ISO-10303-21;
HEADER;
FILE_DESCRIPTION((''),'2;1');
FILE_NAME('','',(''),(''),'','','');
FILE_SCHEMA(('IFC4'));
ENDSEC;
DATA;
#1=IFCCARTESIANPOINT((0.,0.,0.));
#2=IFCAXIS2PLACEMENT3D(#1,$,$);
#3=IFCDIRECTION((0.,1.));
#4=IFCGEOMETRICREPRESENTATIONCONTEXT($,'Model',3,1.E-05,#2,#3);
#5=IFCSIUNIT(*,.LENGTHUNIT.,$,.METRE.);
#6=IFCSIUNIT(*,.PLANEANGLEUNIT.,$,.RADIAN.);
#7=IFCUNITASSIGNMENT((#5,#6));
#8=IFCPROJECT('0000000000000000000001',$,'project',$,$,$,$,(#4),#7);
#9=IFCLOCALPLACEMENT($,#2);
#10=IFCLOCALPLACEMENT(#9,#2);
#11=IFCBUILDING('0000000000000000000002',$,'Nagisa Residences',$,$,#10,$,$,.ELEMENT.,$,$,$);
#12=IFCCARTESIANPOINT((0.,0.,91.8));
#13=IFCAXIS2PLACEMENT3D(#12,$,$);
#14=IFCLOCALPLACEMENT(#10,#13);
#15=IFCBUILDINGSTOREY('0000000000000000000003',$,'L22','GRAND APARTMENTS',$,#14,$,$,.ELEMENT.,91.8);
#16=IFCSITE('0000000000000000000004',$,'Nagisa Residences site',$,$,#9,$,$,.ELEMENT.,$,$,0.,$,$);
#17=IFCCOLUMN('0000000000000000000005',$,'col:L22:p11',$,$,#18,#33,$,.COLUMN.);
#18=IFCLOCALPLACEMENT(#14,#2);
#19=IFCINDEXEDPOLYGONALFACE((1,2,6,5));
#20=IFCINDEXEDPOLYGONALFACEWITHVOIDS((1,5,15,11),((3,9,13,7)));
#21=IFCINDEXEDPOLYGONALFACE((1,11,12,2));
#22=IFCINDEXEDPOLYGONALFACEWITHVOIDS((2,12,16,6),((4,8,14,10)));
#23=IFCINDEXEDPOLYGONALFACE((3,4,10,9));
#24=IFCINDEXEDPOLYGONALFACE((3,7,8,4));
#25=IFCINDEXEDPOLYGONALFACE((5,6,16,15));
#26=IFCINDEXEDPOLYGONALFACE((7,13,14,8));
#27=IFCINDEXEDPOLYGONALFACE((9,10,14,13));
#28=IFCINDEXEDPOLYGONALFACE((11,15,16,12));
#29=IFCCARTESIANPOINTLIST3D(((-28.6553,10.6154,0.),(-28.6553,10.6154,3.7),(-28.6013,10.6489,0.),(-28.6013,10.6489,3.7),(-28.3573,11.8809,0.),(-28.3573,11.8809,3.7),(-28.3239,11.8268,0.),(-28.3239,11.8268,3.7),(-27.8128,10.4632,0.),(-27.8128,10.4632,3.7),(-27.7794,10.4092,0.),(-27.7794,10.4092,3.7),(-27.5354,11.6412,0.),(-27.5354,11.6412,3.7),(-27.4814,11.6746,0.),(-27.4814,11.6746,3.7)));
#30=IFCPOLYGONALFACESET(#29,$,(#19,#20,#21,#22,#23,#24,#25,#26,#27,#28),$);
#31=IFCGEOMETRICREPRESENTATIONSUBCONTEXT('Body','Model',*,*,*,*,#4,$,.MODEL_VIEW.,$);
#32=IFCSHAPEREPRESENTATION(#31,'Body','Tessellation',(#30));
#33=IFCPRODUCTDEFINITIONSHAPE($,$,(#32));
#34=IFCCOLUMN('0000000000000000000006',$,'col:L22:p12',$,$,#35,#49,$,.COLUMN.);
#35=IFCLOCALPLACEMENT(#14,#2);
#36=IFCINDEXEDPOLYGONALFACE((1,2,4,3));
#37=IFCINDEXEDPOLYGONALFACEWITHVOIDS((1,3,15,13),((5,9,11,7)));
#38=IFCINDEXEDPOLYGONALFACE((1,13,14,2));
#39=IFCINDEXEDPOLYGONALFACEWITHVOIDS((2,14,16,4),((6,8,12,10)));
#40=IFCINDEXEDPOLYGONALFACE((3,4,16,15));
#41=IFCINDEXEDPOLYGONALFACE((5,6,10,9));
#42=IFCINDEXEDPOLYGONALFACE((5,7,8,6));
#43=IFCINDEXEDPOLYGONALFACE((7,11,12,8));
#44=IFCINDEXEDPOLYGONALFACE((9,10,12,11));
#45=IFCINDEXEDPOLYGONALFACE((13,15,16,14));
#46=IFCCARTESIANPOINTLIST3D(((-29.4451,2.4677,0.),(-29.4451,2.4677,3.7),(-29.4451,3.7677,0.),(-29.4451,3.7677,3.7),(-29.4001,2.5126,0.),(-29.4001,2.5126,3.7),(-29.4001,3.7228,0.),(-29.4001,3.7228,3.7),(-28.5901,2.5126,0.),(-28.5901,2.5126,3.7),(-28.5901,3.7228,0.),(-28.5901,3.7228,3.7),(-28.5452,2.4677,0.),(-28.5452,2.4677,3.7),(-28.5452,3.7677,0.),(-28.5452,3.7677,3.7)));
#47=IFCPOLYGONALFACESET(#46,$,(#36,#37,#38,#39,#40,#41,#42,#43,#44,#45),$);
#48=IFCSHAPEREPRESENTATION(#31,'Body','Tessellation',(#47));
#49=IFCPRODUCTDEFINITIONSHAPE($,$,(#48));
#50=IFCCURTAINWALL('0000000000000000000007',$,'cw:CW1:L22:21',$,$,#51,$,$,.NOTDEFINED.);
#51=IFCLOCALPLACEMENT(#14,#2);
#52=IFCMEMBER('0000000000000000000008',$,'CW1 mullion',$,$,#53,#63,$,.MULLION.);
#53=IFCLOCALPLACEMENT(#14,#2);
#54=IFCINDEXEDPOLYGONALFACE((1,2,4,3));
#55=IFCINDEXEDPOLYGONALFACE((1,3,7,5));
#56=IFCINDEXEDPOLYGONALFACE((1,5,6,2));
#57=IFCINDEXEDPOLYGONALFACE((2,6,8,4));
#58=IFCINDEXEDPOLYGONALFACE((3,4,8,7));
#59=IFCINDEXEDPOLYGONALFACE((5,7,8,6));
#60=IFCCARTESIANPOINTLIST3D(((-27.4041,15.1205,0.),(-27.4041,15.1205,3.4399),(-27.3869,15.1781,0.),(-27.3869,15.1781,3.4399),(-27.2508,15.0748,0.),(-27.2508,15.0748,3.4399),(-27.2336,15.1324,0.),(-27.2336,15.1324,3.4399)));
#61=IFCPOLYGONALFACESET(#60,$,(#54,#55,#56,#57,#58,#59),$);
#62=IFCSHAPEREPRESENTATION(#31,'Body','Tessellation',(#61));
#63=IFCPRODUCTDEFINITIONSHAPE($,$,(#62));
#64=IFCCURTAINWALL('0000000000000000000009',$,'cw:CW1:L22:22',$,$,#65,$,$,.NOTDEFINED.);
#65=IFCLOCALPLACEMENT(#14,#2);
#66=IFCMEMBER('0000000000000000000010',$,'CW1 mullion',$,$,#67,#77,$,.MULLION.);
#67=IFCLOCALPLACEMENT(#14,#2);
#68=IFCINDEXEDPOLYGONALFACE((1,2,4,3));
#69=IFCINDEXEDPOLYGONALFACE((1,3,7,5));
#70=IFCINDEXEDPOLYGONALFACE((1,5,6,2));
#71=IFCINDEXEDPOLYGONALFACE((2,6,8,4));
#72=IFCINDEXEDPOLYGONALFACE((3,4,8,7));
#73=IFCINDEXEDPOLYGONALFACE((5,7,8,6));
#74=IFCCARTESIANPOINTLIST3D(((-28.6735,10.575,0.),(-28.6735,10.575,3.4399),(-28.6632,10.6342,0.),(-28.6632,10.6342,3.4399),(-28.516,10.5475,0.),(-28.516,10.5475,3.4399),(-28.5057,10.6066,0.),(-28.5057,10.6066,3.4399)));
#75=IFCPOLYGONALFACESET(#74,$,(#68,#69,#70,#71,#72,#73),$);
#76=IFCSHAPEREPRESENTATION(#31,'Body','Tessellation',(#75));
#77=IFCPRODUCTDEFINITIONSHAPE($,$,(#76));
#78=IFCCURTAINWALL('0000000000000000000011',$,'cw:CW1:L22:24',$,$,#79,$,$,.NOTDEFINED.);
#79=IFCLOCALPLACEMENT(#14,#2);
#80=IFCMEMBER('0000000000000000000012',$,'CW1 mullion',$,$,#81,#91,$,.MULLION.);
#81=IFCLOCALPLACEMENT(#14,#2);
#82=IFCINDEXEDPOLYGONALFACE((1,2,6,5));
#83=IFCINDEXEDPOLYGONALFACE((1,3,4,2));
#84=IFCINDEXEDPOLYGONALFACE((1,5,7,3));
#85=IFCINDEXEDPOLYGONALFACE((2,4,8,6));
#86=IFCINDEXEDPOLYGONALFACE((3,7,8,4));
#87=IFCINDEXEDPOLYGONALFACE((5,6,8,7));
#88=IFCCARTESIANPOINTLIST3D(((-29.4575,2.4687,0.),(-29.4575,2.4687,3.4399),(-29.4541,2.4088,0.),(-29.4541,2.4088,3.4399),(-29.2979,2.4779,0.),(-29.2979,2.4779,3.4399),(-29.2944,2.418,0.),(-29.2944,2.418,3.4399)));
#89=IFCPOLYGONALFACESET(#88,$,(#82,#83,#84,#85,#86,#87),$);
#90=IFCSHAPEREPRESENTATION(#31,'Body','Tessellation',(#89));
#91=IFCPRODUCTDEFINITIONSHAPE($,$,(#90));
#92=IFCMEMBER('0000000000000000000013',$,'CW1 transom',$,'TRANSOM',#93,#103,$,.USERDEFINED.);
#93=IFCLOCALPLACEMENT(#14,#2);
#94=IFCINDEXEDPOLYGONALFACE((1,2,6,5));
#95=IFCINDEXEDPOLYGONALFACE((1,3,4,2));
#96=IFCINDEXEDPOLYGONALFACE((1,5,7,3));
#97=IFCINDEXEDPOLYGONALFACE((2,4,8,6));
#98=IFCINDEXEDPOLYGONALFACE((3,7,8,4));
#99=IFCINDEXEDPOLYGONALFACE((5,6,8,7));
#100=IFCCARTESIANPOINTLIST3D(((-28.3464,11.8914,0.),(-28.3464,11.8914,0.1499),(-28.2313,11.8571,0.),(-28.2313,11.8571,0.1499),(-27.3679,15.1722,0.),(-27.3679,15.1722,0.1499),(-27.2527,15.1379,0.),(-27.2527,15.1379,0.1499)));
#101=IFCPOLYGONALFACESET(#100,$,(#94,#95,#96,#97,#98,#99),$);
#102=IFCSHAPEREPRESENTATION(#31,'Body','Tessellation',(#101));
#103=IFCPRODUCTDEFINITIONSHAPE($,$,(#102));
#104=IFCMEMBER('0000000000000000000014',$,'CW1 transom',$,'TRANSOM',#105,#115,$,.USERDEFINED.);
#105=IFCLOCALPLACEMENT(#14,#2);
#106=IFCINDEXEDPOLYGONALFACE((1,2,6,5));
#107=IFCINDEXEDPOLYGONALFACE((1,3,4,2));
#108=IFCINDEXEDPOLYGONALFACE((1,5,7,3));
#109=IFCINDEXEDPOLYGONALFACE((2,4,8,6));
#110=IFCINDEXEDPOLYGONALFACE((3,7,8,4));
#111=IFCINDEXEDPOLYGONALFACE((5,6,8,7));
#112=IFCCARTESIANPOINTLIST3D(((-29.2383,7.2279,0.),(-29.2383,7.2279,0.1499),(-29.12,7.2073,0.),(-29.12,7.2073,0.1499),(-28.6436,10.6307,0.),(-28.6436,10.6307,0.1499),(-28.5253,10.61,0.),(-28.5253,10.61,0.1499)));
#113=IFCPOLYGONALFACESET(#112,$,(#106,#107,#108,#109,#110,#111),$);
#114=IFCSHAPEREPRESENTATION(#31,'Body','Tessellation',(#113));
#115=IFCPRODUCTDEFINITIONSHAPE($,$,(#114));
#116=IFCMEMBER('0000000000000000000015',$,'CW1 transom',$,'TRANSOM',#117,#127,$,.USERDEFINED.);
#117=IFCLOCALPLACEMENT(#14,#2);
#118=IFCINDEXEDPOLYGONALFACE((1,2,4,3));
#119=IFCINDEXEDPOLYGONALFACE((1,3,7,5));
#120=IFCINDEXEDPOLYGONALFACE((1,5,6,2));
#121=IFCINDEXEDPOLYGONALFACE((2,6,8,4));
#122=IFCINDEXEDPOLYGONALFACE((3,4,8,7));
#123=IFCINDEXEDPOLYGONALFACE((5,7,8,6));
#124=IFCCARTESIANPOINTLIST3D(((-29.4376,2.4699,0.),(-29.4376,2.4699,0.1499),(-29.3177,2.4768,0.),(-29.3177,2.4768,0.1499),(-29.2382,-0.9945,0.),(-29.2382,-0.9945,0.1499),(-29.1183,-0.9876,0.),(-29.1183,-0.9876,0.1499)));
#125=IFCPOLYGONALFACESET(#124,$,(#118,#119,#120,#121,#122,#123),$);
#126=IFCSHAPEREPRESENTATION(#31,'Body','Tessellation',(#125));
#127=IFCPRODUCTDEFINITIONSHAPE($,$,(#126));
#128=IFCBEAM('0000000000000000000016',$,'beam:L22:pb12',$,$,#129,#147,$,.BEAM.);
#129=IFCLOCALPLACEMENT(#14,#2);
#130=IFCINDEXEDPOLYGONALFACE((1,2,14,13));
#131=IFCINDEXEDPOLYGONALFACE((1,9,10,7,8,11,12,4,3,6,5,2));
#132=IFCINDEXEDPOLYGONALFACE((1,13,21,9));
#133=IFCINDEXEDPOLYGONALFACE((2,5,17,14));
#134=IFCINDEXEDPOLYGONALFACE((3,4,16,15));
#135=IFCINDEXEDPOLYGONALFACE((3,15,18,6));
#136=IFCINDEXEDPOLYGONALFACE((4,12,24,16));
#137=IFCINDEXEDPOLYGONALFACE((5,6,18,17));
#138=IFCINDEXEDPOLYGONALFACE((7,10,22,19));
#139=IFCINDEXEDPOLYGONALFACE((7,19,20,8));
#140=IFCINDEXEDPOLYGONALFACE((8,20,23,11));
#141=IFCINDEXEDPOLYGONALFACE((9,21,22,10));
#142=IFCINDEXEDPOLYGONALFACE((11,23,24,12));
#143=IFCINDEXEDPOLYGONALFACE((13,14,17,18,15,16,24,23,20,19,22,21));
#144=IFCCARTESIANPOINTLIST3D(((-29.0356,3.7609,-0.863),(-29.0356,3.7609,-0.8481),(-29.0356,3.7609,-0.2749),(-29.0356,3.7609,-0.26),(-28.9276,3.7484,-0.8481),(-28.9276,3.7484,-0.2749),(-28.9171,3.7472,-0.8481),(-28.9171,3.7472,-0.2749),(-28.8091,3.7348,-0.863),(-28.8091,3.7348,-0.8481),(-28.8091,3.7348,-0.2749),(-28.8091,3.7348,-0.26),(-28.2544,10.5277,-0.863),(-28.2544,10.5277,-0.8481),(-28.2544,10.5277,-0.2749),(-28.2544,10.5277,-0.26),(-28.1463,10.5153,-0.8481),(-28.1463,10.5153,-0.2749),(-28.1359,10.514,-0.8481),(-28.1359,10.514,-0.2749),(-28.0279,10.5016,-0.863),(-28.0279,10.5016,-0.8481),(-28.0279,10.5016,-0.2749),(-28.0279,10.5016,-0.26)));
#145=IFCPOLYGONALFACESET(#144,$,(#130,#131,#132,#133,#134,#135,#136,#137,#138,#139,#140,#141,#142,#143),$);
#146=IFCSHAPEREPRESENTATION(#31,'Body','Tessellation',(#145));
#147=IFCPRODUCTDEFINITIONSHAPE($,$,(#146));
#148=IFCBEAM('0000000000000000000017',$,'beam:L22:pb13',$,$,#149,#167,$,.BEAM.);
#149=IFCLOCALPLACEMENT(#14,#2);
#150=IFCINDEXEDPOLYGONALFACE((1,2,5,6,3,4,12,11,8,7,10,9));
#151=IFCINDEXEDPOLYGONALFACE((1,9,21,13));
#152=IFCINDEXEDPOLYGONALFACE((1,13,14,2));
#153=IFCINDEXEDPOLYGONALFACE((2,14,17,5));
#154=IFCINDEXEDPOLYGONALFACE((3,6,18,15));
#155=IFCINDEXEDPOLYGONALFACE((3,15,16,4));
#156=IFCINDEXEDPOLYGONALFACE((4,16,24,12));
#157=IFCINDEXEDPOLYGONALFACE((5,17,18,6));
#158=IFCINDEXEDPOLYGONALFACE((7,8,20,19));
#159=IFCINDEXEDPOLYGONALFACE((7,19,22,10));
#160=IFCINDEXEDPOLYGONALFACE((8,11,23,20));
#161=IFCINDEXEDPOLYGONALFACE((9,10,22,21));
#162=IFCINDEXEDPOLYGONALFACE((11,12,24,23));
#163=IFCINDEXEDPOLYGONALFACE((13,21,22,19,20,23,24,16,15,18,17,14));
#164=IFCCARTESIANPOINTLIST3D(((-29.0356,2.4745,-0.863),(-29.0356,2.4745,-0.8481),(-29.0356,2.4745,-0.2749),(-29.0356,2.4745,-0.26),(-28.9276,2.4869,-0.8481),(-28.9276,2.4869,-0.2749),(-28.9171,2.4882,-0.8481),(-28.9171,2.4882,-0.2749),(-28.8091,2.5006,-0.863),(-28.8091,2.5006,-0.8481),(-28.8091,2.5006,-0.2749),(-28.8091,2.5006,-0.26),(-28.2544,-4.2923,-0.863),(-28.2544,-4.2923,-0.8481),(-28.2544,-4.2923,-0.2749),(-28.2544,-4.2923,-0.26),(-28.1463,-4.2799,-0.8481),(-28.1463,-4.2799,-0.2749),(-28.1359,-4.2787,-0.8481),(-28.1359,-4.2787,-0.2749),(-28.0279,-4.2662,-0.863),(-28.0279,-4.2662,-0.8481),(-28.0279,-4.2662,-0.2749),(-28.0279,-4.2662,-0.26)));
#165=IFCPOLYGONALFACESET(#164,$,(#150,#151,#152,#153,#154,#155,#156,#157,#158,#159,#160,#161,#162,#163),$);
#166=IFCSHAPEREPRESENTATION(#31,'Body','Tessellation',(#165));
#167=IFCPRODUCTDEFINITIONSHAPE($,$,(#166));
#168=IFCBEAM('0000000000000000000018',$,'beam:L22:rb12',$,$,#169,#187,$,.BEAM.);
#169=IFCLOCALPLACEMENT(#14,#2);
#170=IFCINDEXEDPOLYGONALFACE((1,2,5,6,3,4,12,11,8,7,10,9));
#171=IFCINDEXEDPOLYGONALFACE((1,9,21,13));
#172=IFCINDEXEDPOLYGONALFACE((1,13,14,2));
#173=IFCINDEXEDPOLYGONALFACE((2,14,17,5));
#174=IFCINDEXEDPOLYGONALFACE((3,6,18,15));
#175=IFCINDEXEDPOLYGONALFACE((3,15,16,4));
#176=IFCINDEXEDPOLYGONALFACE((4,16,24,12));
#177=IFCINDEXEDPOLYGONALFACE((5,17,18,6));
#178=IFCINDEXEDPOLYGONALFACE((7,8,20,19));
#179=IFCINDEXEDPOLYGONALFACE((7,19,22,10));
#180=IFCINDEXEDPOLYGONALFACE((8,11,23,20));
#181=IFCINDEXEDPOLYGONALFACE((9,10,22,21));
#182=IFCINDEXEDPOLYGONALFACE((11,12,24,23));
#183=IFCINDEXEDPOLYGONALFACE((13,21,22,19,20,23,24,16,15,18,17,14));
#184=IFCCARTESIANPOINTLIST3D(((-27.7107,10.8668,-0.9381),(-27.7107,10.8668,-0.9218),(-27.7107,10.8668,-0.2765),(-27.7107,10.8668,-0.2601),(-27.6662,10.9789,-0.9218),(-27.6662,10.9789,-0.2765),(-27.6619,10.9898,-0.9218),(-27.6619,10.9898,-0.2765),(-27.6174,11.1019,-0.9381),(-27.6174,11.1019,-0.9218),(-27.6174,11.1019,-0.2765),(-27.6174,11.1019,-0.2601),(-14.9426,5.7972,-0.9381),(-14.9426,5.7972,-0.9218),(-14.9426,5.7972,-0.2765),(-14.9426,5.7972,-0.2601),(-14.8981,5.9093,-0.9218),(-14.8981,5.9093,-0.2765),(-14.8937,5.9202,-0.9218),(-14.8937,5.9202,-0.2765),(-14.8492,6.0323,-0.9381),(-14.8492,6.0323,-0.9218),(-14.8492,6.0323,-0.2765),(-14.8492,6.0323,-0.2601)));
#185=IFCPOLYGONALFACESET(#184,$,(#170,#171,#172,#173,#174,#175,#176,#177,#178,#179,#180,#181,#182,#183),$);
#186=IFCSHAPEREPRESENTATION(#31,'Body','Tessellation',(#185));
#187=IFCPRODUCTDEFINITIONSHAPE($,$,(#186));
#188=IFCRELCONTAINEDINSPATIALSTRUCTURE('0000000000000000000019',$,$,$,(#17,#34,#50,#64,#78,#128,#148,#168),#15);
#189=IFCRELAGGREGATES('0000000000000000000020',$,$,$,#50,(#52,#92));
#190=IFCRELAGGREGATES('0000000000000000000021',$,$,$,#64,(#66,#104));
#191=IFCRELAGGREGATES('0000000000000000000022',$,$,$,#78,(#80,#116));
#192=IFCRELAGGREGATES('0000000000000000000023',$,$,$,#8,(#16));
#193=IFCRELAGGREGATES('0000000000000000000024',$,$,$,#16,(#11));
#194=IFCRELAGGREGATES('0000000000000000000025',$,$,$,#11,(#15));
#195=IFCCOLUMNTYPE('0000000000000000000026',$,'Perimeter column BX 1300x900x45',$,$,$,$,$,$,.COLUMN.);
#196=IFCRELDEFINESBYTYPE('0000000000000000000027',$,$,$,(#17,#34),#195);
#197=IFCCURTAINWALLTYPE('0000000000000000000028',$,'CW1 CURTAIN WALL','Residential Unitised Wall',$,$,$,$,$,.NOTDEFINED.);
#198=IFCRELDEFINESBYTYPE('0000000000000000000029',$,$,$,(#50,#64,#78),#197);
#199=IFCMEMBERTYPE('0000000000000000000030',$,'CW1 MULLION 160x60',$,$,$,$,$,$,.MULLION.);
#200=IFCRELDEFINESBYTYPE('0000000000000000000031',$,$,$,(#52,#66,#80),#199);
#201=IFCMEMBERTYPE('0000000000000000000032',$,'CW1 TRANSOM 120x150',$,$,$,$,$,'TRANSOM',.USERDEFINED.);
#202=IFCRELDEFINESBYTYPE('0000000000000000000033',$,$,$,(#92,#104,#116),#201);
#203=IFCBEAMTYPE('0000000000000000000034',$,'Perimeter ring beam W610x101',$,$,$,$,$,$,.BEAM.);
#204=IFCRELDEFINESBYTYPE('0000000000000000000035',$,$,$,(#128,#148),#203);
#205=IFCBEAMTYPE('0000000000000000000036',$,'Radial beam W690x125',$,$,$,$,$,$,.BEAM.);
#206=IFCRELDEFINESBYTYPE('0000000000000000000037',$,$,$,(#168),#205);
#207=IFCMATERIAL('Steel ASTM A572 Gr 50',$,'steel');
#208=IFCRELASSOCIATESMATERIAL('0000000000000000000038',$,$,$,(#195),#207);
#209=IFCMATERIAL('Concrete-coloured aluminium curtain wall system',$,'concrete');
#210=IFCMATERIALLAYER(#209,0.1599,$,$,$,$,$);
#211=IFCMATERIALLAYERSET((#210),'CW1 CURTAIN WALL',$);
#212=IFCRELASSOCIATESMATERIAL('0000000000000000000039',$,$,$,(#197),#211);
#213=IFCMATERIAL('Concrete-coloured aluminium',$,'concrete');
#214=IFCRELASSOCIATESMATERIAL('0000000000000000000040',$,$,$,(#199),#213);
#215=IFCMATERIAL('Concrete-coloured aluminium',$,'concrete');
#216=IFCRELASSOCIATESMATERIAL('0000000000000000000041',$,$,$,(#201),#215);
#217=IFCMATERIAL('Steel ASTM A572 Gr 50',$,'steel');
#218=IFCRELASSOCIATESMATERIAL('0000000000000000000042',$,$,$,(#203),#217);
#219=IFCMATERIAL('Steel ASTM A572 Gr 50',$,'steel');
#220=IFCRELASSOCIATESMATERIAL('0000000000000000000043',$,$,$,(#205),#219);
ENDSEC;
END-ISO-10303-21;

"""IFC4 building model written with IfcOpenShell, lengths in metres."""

from ifc_helpers import new_model, si_unit, direction, frame, origin, origin_2d, place, context, subcontext, project, spatial, rectangle, hollow_rectangle, i_section, extrude, material, layer, layer_set, material_profile, profile_set, type_object, element, aggregate, save


model = new_model("IFC4")

# Units and contexts
model_context = context("Model", 3, precision=1e-05, world=origin(), true_north=direction((0.0, 1.0)))
body_context = subcontext(model_context, "Body", "Model", "MODEL_VIEW")
ifc_project = project(units=[si_unit("LENGTHUNIT", "METRE"), si_unit("PLANEANGLEUNIT", "RADIAN")], contexts=[model_context])

# Site, building, storey
site_placement = place(None, origin())
site = spatial("IfcSite", under=ifc_project, at=site_placement, Name="Nagisa Residences site", CompositionType="ELEMENT", RefElevation=0.0)
building_placement = place(site_placement, origin())
building = spatial("IfcBuilding", under=site, at=building_placement, Name="Nagisa Residences", CompositionType="ELEMENT")
storey_placement = place(building_placement, frame((0.0, 0.0, 91.8)))
storey = spatial("IfcBuildingStorey", under=building, at=storey_placement, Name="L22", Description="GRAND APARTMENTS", CompositionType="ELEMENT", Elevation=91.8)

# Columns
ifc_material_1 = material(Name="Steel ASTM A572 Gr 50", Category="steel")
ifc_material_profile_1 = material_profile(ifc_material_1, hollow_rectangle(XDim=1.3, YDim=0.8999, WallThickness=0.0449, at=origin_2d()), Name="BX 1300x900x45")
ifc_profile_set_1 = profile_set([ifc_material_profile_1], Name="Steel ASTM A572 Gr 50")
column_type = type_object("IfcColumnType", Name="Perimeter column BX 1300x900x45", PredefinedType="COLUMN", material=ifc_profile_set_1)
for number, where, z_axis, x_axis, name in (
    (1, (-28.0684, 11.145, 0.0), (0.0, 0.0, 1.0), (-0.229202, -0.973379, 0.0), "col:L22:p11"),
    (2, (-28.9951, 3.1177, 0.0), (0.0, 0.0, 1.0), (0.0, -1.0, 0.0), "col:L22:p12"),
):
    element("IfcColumn", number, at=place(storey_placement, frame(where, z_axis=z_axis, x_axis=x_axis)), inside=storey, type_object=column_type, Name=name, PredefinedType="COLUMN", context=body_context, shape_type="SweptSolid", body=[
        extrude(hollow_rectangle(XDim=1.3, YDim=0.8999, WallThickness=0.0449, at=origin_2d()), origin(), (0.0, 0.0, 1.0), 3.7),
    ])

# Curtain walls, members
ifc_material_2 = material(Name="Concrete-coloured aluminium curtain wall system", Category="concrete")
ifc_layer_1 = layer(ifc_material_2, 0.1599)
ifc_layer_set_1 = layer_set([ifc_layer_1], Name="CW1 CURTAIN WALL")
curtain_wall_type = type_object("IfcCurtainWallType", Name="CW1 CURTAIN WALL", Description="Residential Unitised Wall", PredefinedType="NOTDEFINED", material=ifc_layer_set_1)
curtain_wall_1_placement = place(storey_placement, origin())
curtain_wall_1 = element("IfcCurtainWall", 3, at=curtain_wall_1_placement, inside=storey, type_object=curtain_wall_type, Name="cw:CW1:L22:21", PredefinedType="NOTDEFINED")
ifc_material_3 = material(Name="Concrete-coloured aluminium", Category="concrete")
ifc_material_profile_2 = material_profile(ifc_material_3, rectangle(XDim=0.1599, YDim=0.0601, at=origin_2d()), Name="CW1 MULLION 160x60")
ifc_profile_set_2 = profile_set([ifc_material_profile_2], Name="Concrete-coloured aluminium")
member_type_1 = type_object("IfcMemberType", Name="CW1 MULLION 160x60", PredefinedType="MULLION", material=ifc_profile_set_2)
member_1_placement = place(storey_placement, frame((-27.3188, 15.1265, 0.0), z_axis=(0.0, 0.0, 1.0), x_axis=(0.958271, -0.28586, 0.0)))
member_1 = element("IfcMember", 4, at=member_1_placement, type_object=member_type_1, Name="CW1 mullion", PredefinedType="MULLION", context=body_context, shape_type="SweptSolid", body=[
    extrude(rectangle(XDim=0.1599, YDim=0.0601, at=origin_2d()), origin(), (0.0, 0.0, 1.0), 3.4399),
])
curtain_wall_2_placement = place(storey_placement, origin())
curtain_wall_2 = element("IfcCurtainWall", 5, at=curtain_wall_2_placement, inside=storey, type_object=curtain_wall_type, Name="cw:CW1:L22:22", PredefinedType="NOTDEFINED")
member_2_placement = place(storey_placement, frame((-28.5896, 10.5908, 0.0), z_axis=(0.0, 0.0, 1.0), x_axis=(0.985064, -0.172191, 0.0)))
member_2 = element("IfcMember", 6, at=member_2_placement, type_object=member_type_1, Name="CW1 mullion", PredefinedType="MULLION", context=body_context, shape_type="SweptSolid", body=[
    extrude(rectangle(XDim=0.1599, YDim=0.0601, at=origin_2d()), origin(), (0.0, 0.0, 1.0), 3.4399),
])
curtain_wall_3_placement = place(storey_placement, origin())
curtain_wall_3 = element("IfcCurtainWall", 7, at=curtain_wall_3_placement, inside=storey, type_object=curtain_wall_type, Name="cw:CW1:L22:24", PredefinedType="NOTDEFINED")
member_3_placement = place(storey_placement, frame((-29.376, 2.4434, 0.0), z_axis=(0.0, 0.0, 1.0), x_axis=(0.998345, 0.057503, 0.0)))
member_3 = element("IfcMember", 8, at=member_3_placement, type_object=member_type_1, Name="CW1 mullion", PredefinedType="MULLION", context=body_context, shape_type="SweptSolid", body=[
    extrude(rectangle(XDim=0.1599, YDim=0.0601, at=origin_2d()), origin(), (0.0, 0.0, 1.0), 3.4399),
])

# Members
ifc_material_4 = material(Name="Concrete-coloured aluminium", Category="concrete")
ifc_material_profile_3 = material_profile(ifc_material_4, rectangle(XDim=0.1201, YDim=0.1499, at=origin_2d()), Name="CW1 TRANSOM 120x150")
ifc_profile_set_3 = profile_set([ifc_material_profile_3], Name="Concrete-coloured aluminium")
member_type_2 = type_object("IfcMemberType", Name="CW1 TRANSOM 120x150", ElementType="TRANSOM", PredefinedType="USERDEFINED", material=ifc_profile_set_3)
member_4_placement = place(storey_placement, frame((-27.3103, 15.155, 0.075), z_axis=(-0.285817, -0.958284, 0.0), x_axis=(0.958284, -0.285817, 0.0)))
member_4 = element("IfcMember", 9, at=member_4_placement, type_object=member_type_2, Name="CW1 transom", ObjectType="TRANSOM", PredefinedType="USERDEFINED", context=body_context, shape_type="SweptSolid", body=[
    extrude(rectangle(XDim=0.1201, YDim=0.1499, at=origin_2d()), origin(), (0.0, 0.0, 1.0), 3.4236),
])
member_5_placement = place(storey_placement, frame((-28.5845, 10.6204, 0.075), z_axis=(-0.172164, -0.985068, 0.0), x_axis=(0.985068, -0.172164, 0.0)))
member_5 = element("IfcMember", 10, at=member_5_placement, type_object=member_type_2, Name="CW1 transom", ObjectType="TRANSOM", PredefinedType="USERDEFINED", context=body_context, shape_type="SweptSolid", body=[
    extrude(rectangle(XDim=0.1201, YDim=0.1499, at=origin_2d()), origin(), (0.0, 0.0, 1.0), 3.4543),
])
member_6_placement = place(storey_placement, frame((-29.3777, 2.4734, 0.075), z_axis=(0.057477, -0.998347, 0.0), x_axis=(0.998347, 0.057477, 0.0)))
member_6 = element("IfcMember", 11, at=member_6_placement, type_object=member_type_2, Name="CW1 transom", ObjectType="TRANSOM", PredefinedType="USERDEFINED", context=body_context, shape_type="SweptSolid", body=[
    extrude(rectangle(XDim=0.1201, YDim=0.1499, at=origin_2d()), origin(), (0.0, 0.0, 1.0), 3.4702),
])

# Beams
ifc_material_5 = material(Name="Steel ASTM A572 Gr 50", Category="steel")
ifc_material_profile_4 = material_profile(ifc_material_5, i_section(OverallWidth=0.228, OverallDepth=0.603, WebThickness=0.0105, FlangeThickness=0.0149, at=origin_2d()), Name="W610x101")
ifc_profile_set_4 = profile_set([ifc_material_profile_4], Name="Steel ASTM A572 Gr 50")
beam_type_1 = type_object("IfcBeamType", Name="Perimeter ring beam W610x101", PredefinedType="BEAM", material=ifc_profile_set_4)
for number, where, z_axis, x_axis, name in (
    (12, (-28.1411, 10.5146, -0.5615), (-0.114691, -0.993401, 0.0), (0.993401, -0.114691, 0.0), "beam:L22:pb12"),
    (13, (-28.9224, 2.4875, -0.5615), (0.114691, -0.993401, 0.0), (0.993401, 0.114691, 0.0), "beam:L22:pb13"),
):
    element("IfcBeam", number, at=place(storey_placement, frame(where, z_axis=z_axis, x_axis=x_axis)), inside=storey, type_object=beam_type_1, Name=name, PredefinedType="BEAM", context=body_context, shape_type="SweptSolid", body=[
        extrude(i_section(OverallWidth=0.228, OverallDepth=0.603, WebThickness=0.0105, FlangeThickness=0.0149, at=origin_2d()), origin(), (0.0, 0.0, 1.0), 6.8118),
    ])
ifc_material_6 = material(Name="Steel ASTM A572 Gr 50", Category="steel")
ifc_material_profile_5 = material_profile(ifc_material_6, i_section(OverallWidth=0.2529, OverallDepth=0.678, WebThickness=0.0117, FlangeThickness=0.0164, at=origin_2d()), Name="W690x125")
ifc_profile_set_5 = profile_set([ifc_material_profile_5], Name="Steel ASTM A572 Gr 50")
beam_type_2 = type_object("IfcBeamType", Name="Radial beam W690x125", PredefinedType="BEAM", material=ifc_profile_set_5)
beam_1_placement = place(storey_placement, frame((-27.6641, 10.9844, -0.5991), z_axis=(0.929419, -0.369027, 0.0), x_axis=(0.369027, 0.929419, 0.0)))
element("IfcBeam", 14, at=beam_1_placement, inside=storey, type_object=beam_type_2, Name="beam:L22:rb12", PredefinedType="BEAM", context=body_context, shape_type="SweptSolid", body=[
    extrude(i_section(OverallWidth=0.2529, OverallDepth=0.678, WebThickness=0.0117, FlangeThickness=0.0164, at=origin_2d()), origin(), (0.0, 0.0, 1.0), 13.7378),
])

aggregate(curtain_wall_1, [member_1, member_4])
aggregate(curtain_wall_2, [member_2, member_5])
aggregate(curtain_wall_3, [member_3, member_6])

save(model, "model.ifc")
